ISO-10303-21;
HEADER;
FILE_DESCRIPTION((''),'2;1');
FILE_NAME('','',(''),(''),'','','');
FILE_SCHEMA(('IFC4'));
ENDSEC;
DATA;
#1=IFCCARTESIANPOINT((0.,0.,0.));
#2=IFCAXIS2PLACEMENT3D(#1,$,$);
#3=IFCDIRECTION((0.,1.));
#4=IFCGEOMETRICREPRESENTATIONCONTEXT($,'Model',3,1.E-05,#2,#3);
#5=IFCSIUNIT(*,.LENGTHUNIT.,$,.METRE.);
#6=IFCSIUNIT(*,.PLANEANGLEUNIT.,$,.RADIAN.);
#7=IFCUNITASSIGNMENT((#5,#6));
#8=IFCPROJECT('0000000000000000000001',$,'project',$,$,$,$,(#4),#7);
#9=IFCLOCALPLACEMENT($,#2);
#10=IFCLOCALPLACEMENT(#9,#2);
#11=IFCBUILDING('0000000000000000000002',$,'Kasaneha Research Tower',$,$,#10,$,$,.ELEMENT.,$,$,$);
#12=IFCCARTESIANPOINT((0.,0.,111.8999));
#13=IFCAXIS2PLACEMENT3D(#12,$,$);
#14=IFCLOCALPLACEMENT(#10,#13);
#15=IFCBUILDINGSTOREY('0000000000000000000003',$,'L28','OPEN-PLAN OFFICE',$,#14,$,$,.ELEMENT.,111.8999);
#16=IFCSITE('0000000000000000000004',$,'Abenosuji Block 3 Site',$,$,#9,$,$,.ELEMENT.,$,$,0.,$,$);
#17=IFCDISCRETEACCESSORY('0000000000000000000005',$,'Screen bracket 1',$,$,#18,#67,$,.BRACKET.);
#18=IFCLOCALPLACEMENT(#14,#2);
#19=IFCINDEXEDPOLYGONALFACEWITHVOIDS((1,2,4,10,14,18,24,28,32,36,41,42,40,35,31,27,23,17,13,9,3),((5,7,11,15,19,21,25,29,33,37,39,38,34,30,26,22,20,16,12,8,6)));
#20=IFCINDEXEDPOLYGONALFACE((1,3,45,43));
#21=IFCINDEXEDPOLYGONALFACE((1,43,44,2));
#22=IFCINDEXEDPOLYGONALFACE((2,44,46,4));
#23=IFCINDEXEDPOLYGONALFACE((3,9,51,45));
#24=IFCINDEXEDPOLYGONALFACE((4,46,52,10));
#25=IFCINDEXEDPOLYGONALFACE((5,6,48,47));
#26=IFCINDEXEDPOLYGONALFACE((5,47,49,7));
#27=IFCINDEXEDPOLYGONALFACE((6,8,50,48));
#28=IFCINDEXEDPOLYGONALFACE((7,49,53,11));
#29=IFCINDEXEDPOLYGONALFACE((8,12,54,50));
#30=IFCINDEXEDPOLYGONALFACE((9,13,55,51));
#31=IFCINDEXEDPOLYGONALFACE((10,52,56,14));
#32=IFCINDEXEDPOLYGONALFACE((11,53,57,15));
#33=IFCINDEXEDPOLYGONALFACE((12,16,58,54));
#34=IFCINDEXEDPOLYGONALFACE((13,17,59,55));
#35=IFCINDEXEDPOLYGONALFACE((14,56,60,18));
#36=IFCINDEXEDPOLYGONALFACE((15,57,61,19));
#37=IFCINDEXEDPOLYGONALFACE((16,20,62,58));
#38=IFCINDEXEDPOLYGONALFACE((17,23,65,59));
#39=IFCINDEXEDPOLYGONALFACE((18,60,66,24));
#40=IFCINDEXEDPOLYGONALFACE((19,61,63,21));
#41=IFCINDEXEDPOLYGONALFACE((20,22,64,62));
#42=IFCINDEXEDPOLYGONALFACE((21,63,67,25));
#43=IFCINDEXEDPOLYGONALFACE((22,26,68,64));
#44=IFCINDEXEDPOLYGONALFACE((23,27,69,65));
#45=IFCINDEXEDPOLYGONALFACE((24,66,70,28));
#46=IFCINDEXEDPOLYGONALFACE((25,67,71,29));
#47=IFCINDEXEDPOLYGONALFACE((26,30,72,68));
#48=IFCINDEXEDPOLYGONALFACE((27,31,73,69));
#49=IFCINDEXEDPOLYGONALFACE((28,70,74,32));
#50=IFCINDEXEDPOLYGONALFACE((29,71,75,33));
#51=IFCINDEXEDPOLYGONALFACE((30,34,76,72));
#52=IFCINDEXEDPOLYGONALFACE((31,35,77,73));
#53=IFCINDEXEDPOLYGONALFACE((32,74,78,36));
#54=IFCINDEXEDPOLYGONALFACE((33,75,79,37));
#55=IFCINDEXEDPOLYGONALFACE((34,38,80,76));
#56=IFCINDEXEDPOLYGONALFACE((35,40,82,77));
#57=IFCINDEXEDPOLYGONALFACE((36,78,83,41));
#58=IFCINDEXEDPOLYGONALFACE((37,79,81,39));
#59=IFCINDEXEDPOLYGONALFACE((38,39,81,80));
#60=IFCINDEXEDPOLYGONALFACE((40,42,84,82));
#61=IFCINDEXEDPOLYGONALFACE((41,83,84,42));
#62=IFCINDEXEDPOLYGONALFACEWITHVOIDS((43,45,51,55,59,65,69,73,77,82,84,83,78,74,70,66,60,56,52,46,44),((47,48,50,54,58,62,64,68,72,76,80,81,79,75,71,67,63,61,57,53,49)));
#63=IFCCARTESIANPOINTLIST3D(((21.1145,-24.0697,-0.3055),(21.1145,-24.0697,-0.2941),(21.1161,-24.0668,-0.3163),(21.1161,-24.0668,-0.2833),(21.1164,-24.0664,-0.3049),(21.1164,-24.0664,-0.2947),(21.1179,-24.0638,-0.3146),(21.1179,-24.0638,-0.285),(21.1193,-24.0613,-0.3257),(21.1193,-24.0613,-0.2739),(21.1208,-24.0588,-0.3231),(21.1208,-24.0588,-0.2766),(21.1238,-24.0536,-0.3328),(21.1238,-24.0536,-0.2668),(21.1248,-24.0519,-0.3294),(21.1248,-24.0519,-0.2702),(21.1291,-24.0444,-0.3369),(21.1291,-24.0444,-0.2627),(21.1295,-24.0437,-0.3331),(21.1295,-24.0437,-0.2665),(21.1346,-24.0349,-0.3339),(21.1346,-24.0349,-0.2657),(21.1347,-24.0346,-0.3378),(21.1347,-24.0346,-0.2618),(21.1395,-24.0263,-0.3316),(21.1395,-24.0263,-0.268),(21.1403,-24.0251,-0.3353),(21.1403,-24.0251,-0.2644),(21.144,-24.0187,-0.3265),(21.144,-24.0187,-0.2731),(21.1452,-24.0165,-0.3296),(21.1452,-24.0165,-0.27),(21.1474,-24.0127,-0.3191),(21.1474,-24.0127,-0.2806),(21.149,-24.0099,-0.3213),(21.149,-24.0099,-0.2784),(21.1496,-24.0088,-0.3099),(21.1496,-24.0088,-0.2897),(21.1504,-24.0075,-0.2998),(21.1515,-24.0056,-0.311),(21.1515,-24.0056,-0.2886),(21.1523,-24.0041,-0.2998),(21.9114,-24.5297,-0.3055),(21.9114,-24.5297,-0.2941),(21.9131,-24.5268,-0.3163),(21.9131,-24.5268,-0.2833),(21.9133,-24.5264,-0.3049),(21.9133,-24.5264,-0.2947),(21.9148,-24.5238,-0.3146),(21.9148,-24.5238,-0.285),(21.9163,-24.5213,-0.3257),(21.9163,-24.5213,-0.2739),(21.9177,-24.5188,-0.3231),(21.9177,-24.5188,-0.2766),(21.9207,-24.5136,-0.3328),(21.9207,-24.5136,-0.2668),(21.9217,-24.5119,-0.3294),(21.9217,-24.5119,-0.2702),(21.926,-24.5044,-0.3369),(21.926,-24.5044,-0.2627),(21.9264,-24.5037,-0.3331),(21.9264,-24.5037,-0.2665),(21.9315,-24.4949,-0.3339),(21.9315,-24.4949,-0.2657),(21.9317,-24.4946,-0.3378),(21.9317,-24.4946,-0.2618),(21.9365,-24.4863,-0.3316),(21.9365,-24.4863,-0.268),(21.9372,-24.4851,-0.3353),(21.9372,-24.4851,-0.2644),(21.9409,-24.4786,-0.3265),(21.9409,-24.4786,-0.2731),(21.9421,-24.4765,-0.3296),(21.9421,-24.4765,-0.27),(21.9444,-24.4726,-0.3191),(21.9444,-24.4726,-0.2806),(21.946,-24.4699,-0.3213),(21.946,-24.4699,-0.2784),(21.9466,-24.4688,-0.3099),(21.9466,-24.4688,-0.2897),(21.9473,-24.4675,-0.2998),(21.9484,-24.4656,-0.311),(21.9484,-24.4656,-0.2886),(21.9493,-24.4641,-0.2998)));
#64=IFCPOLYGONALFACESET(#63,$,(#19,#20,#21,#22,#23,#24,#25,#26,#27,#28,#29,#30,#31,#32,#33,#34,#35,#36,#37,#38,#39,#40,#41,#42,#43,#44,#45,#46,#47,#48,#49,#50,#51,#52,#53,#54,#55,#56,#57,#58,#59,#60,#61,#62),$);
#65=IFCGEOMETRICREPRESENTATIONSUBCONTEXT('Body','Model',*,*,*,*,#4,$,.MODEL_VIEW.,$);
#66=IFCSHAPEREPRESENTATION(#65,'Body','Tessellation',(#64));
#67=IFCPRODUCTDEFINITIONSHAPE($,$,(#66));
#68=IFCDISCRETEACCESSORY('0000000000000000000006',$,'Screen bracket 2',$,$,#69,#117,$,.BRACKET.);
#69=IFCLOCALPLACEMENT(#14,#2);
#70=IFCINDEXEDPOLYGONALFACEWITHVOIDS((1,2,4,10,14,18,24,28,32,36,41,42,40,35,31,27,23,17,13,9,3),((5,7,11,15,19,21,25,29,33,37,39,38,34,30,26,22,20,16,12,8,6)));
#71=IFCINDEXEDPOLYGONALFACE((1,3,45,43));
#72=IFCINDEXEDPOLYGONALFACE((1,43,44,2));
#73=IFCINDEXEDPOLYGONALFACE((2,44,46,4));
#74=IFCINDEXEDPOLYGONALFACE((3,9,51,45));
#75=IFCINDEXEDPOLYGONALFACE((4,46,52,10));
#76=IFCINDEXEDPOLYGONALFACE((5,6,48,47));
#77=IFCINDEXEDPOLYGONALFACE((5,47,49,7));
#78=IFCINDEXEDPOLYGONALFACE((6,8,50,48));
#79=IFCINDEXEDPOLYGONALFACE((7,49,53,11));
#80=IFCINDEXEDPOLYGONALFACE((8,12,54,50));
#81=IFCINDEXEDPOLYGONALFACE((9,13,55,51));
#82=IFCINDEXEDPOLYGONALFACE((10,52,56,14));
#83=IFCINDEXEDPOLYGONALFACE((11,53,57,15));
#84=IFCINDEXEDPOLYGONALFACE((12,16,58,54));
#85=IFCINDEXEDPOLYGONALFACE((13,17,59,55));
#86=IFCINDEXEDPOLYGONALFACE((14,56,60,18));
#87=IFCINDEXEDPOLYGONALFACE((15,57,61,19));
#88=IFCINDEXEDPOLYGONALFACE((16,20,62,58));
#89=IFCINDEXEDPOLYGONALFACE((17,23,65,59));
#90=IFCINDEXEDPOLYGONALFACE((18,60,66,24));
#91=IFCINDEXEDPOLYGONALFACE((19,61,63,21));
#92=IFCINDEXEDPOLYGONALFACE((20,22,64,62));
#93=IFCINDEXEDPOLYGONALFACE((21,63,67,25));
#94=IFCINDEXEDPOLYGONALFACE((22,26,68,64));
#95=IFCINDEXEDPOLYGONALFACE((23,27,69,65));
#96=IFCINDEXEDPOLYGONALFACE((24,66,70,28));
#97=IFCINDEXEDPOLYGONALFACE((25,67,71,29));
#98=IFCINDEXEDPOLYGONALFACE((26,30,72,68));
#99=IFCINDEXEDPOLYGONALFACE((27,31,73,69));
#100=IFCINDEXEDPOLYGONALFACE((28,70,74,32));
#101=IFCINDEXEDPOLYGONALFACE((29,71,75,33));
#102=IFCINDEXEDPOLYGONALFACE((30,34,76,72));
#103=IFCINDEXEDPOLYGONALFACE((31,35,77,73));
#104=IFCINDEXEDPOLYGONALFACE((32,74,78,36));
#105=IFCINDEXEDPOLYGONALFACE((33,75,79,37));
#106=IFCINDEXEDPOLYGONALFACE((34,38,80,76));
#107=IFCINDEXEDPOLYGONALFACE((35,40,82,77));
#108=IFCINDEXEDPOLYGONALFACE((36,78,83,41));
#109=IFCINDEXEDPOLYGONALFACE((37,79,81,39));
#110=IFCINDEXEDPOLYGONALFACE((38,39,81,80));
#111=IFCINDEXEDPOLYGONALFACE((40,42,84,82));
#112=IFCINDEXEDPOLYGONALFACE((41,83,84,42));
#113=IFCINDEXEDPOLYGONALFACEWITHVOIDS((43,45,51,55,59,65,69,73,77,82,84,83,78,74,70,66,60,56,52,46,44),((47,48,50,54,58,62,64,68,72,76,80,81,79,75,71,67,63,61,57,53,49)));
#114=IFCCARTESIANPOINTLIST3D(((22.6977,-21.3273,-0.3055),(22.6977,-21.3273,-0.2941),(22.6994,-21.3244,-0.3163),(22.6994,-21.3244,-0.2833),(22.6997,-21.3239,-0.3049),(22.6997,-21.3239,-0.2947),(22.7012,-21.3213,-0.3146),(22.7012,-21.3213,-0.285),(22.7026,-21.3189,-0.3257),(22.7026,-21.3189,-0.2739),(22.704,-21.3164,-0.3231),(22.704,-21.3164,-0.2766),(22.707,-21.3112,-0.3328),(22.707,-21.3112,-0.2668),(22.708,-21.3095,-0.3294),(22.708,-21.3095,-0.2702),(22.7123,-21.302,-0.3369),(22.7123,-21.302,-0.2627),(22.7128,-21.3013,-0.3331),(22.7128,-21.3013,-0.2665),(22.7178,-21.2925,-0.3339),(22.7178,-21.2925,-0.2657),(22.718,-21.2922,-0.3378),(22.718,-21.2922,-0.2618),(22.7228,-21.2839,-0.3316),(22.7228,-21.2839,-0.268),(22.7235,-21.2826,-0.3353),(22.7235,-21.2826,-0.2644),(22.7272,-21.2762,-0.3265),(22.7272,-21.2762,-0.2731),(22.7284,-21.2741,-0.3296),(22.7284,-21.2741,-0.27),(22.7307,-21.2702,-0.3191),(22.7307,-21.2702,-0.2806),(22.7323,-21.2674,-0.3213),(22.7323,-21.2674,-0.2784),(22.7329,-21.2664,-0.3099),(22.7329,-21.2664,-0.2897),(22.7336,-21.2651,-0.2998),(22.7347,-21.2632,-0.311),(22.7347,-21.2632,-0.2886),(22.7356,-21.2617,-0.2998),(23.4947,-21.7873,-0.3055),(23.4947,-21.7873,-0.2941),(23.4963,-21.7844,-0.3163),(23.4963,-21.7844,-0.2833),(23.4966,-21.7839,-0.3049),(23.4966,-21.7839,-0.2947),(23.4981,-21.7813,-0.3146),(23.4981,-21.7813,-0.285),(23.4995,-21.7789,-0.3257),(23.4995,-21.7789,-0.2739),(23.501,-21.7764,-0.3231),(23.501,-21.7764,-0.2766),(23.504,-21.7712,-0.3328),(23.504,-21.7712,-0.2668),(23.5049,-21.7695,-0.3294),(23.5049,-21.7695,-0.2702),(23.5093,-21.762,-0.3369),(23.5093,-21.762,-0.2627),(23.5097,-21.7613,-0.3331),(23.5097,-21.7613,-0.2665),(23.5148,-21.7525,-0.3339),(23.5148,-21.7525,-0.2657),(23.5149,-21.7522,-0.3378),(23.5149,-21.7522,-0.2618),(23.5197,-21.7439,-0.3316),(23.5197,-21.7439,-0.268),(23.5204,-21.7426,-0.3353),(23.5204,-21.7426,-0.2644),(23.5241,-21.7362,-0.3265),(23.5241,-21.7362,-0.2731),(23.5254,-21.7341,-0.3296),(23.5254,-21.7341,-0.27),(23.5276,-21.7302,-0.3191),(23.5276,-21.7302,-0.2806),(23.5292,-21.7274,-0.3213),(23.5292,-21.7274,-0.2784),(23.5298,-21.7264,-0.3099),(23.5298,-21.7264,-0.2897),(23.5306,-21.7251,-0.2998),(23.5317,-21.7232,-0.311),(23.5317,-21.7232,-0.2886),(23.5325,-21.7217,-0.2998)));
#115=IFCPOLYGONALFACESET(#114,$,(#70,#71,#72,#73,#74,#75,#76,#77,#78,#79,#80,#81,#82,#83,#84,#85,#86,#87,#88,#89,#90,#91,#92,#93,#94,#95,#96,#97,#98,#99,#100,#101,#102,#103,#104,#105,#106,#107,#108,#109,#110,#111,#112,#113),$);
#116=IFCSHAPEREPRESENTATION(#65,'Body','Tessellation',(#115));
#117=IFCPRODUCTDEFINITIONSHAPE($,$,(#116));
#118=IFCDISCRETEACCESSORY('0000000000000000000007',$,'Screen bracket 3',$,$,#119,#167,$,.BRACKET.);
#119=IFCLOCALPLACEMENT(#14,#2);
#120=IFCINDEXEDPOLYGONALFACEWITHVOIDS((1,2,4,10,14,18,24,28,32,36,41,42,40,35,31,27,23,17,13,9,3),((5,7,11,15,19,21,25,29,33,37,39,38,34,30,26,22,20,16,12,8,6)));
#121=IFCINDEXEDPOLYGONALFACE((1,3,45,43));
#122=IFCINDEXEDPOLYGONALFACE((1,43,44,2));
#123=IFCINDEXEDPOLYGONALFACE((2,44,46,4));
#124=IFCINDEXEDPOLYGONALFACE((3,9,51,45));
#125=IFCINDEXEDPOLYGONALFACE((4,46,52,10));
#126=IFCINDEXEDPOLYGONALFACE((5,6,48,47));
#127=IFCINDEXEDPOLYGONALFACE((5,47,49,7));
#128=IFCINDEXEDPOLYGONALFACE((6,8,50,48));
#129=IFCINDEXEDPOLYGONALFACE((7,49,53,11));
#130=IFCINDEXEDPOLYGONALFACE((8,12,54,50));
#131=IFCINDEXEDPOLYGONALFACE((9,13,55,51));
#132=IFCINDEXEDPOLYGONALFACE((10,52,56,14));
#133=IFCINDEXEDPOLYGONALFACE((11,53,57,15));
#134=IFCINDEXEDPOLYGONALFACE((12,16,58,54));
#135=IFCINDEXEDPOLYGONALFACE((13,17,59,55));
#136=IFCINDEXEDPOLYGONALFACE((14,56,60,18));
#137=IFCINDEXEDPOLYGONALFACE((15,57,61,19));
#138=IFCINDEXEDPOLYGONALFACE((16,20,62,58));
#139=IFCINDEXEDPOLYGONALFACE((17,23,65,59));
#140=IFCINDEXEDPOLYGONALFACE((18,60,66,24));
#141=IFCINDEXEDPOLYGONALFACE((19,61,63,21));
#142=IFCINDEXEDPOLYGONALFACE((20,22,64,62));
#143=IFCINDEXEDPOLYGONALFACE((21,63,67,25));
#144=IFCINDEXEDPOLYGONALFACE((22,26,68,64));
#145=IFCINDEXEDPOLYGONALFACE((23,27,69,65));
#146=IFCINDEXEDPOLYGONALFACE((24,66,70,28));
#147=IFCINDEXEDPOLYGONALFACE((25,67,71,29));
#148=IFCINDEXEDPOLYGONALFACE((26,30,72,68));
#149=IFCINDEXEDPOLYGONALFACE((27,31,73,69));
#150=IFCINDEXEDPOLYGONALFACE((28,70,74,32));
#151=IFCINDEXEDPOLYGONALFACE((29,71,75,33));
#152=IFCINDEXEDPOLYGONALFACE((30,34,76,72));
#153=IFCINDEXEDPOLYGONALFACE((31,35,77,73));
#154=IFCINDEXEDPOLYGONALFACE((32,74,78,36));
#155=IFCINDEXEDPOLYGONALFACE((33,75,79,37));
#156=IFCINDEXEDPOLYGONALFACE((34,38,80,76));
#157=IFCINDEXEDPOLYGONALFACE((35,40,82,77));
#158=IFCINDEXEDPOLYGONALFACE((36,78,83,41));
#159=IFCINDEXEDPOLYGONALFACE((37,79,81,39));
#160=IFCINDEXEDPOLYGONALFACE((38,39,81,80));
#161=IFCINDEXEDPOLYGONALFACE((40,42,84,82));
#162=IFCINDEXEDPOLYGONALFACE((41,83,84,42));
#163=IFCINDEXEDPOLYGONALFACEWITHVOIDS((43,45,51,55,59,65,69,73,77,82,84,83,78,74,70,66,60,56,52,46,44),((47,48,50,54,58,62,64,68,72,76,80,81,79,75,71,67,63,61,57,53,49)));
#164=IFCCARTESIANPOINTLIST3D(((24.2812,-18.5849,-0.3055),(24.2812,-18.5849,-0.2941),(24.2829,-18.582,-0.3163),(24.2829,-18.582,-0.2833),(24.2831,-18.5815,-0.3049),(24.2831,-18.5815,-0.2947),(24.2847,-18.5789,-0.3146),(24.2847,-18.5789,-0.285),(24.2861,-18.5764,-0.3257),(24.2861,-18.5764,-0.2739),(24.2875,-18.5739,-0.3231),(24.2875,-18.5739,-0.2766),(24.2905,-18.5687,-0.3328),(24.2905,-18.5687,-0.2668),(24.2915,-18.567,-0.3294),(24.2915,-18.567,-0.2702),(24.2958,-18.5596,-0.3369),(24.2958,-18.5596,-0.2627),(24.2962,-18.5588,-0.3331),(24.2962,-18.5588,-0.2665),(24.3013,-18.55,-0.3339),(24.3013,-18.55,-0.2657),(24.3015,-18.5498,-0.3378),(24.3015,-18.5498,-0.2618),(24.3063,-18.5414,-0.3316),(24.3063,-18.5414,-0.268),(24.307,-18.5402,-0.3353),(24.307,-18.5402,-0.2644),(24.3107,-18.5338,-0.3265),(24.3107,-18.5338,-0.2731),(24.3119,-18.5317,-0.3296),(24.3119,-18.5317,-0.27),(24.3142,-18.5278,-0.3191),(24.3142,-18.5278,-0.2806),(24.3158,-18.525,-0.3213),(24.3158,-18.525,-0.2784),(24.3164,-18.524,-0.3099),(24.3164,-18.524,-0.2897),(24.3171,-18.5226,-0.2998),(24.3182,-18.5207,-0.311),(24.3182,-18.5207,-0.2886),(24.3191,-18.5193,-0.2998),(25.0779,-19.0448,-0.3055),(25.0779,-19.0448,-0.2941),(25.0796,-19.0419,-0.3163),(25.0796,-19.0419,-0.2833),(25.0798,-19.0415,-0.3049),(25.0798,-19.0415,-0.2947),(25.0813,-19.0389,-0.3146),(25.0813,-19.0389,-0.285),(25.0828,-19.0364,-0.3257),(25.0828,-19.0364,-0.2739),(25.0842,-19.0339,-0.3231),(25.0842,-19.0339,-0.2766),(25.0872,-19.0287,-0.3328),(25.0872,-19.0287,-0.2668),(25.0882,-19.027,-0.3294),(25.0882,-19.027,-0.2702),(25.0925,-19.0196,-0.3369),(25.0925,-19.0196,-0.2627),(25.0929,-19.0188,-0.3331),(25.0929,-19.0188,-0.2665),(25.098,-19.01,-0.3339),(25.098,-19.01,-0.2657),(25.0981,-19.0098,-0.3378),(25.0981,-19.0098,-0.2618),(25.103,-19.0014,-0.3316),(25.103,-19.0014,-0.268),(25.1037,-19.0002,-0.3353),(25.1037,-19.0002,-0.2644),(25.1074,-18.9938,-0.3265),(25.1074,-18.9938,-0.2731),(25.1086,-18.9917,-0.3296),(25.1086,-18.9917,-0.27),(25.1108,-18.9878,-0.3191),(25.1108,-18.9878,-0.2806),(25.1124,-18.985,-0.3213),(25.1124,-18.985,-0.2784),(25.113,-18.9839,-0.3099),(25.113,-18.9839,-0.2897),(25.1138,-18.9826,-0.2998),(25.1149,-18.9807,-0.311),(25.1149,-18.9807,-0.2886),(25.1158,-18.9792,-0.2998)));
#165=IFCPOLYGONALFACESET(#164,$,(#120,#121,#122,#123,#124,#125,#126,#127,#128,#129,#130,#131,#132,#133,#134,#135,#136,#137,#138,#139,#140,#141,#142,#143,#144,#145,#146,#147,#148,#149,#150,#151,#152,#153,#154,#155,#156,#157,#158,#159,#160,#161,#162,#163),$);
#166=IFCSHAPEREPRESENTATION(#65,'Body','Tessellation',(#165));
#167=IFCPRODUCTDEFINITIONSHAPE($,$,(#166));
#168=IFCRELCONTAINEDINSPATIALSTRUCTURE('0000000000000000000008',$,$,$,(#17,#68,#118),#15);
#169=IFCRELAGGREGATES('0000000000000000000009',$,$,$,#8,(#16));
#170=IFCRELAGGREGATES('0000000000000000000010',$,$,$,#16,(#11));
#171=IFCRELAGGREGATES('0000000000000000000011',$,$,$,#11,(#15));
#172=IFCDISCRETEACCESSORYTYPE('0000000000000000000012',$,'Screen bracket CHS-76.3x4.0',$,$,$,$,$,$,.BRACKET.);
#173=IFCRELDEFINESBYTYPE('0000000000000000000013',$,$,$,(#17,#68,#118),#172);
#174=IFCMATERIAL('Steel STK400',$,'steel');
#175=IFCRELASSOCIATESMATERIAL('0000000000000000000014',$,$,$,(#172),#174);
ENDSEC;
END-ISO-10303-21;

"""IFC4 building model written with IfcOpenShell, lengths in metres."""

from ifc_helpers import new_model, si_unit, direction, frame, origin, origin_2d, place, context, subcontext, project, spatial, hollow_circle, extrude, material, material_profile, profile_set, type_object, element, save


model = new_model("IFC4")

# Units and contexts
model_context = context("Model", 3, precision=1e-05, world=origin(), true_north=direction((0.0, 1.0)))
body_context = subcontext(model_context, "Body", "Model", "MODEL_VIEW")
ifc_project = project(units=[si_unit("LENGTHUNIT", "METRE"), si_unit("PLANEANGLEUNIT", "RADIAN")], contexts=[model_context])

# Site, building, storey
site_placement = place(None, origin())
site = spatial("IfcSite", under=ifc_project, at=site_placement, Name="Abenosuji Block 3 Site", CompositionType="ELEMENT", RefElevation=0.0)
building_placement = place(site_placement, origin())
building = spatial("IfcBuilding", under=site, at=building_placement, Name="Kasaneha Research Tower", CompositionType="ELEMENT")
storey_placement = place(building_placement, frame((0.0, 0.0, 111.8999)))
storey = spatial("IfcBuildingStorey", under=building, at=storey_placement, Name="L28", Description="OPEN-PLAN OFFICE", CompositionType="ELEMENT", Elevation=111.8999)

# Discrete accessories
ifc_material_1 = material(Name="Steel STK400", Category="steel")
ifc_material_profile_1 = material_profile(ifc_material_1, hollow_circle(Radius=0.0381, WallThickness=0.0039, at=origin_2d()), Name="CHS-76.3x4.0")
ifc_profile_set_1 = profile_set([ifc_material_profile_1], Name="Steel STK400")
discrete_accessory_type = type_object("IfcDiscreteAccessoryType", Name="Screen bracket CHS-76.3x4.0", PredefinedType="BRACKET", material=ifc_profile_set_1)
for number, where, z_axis, x_axis, name in (
    (1, (21.1333, -24.0371, -0.2998), (0.86608, -0.499906, 0.0), (0.499906, 0.86608, 0.0), "Screen bracket 1"),
    (2, (22.7166, -21.2947, -0.2998), (0.86608, -0.499906, 0.0), (0.499906, 0.86608, 0.0), "Screen bracket 2"),
):
    element("IfcDiscreteAccessory", number, at=place(storey_placement, frame(where, z_axis=z_axis, x_axis=x_axis)), inside=storey, type_object=discrete_accessory_type, Name=name, PredefinedType="BRACKET", context=body_context, shape_type="SweptSolid", body=[
        extrude(hollow_circle(Radius=0.0381, WallThickness=0.0039, at=origin_2d()), origin(), (0.0, 0.0, 1.0), 0.9202),
    ])
discrete_accessory_1_placement = place(storey_placement, frame((24.3, -18.5522, -0.2998), z_axis=(0.866013, -0.500021, 0.0), x_axis=(0.500021, 0.866013, 0.0)))
element("IfcDiscreteAccessory", 3, at=discrete_accessory_1_placement, inside=storey, type_object=discrete_accessory_type, Name="Screen bracket 3", PredefinedType="BRACKET", context=body_context, shape_type="SweptSolid", body=[
    extrude(hollow_circle(Radius=0.0381, WallThickness=0.0039, at=origin_2d()), origin(), (0.0, 0.0, 1.0), 0.9199),
])

save(model, "model.ifc")
